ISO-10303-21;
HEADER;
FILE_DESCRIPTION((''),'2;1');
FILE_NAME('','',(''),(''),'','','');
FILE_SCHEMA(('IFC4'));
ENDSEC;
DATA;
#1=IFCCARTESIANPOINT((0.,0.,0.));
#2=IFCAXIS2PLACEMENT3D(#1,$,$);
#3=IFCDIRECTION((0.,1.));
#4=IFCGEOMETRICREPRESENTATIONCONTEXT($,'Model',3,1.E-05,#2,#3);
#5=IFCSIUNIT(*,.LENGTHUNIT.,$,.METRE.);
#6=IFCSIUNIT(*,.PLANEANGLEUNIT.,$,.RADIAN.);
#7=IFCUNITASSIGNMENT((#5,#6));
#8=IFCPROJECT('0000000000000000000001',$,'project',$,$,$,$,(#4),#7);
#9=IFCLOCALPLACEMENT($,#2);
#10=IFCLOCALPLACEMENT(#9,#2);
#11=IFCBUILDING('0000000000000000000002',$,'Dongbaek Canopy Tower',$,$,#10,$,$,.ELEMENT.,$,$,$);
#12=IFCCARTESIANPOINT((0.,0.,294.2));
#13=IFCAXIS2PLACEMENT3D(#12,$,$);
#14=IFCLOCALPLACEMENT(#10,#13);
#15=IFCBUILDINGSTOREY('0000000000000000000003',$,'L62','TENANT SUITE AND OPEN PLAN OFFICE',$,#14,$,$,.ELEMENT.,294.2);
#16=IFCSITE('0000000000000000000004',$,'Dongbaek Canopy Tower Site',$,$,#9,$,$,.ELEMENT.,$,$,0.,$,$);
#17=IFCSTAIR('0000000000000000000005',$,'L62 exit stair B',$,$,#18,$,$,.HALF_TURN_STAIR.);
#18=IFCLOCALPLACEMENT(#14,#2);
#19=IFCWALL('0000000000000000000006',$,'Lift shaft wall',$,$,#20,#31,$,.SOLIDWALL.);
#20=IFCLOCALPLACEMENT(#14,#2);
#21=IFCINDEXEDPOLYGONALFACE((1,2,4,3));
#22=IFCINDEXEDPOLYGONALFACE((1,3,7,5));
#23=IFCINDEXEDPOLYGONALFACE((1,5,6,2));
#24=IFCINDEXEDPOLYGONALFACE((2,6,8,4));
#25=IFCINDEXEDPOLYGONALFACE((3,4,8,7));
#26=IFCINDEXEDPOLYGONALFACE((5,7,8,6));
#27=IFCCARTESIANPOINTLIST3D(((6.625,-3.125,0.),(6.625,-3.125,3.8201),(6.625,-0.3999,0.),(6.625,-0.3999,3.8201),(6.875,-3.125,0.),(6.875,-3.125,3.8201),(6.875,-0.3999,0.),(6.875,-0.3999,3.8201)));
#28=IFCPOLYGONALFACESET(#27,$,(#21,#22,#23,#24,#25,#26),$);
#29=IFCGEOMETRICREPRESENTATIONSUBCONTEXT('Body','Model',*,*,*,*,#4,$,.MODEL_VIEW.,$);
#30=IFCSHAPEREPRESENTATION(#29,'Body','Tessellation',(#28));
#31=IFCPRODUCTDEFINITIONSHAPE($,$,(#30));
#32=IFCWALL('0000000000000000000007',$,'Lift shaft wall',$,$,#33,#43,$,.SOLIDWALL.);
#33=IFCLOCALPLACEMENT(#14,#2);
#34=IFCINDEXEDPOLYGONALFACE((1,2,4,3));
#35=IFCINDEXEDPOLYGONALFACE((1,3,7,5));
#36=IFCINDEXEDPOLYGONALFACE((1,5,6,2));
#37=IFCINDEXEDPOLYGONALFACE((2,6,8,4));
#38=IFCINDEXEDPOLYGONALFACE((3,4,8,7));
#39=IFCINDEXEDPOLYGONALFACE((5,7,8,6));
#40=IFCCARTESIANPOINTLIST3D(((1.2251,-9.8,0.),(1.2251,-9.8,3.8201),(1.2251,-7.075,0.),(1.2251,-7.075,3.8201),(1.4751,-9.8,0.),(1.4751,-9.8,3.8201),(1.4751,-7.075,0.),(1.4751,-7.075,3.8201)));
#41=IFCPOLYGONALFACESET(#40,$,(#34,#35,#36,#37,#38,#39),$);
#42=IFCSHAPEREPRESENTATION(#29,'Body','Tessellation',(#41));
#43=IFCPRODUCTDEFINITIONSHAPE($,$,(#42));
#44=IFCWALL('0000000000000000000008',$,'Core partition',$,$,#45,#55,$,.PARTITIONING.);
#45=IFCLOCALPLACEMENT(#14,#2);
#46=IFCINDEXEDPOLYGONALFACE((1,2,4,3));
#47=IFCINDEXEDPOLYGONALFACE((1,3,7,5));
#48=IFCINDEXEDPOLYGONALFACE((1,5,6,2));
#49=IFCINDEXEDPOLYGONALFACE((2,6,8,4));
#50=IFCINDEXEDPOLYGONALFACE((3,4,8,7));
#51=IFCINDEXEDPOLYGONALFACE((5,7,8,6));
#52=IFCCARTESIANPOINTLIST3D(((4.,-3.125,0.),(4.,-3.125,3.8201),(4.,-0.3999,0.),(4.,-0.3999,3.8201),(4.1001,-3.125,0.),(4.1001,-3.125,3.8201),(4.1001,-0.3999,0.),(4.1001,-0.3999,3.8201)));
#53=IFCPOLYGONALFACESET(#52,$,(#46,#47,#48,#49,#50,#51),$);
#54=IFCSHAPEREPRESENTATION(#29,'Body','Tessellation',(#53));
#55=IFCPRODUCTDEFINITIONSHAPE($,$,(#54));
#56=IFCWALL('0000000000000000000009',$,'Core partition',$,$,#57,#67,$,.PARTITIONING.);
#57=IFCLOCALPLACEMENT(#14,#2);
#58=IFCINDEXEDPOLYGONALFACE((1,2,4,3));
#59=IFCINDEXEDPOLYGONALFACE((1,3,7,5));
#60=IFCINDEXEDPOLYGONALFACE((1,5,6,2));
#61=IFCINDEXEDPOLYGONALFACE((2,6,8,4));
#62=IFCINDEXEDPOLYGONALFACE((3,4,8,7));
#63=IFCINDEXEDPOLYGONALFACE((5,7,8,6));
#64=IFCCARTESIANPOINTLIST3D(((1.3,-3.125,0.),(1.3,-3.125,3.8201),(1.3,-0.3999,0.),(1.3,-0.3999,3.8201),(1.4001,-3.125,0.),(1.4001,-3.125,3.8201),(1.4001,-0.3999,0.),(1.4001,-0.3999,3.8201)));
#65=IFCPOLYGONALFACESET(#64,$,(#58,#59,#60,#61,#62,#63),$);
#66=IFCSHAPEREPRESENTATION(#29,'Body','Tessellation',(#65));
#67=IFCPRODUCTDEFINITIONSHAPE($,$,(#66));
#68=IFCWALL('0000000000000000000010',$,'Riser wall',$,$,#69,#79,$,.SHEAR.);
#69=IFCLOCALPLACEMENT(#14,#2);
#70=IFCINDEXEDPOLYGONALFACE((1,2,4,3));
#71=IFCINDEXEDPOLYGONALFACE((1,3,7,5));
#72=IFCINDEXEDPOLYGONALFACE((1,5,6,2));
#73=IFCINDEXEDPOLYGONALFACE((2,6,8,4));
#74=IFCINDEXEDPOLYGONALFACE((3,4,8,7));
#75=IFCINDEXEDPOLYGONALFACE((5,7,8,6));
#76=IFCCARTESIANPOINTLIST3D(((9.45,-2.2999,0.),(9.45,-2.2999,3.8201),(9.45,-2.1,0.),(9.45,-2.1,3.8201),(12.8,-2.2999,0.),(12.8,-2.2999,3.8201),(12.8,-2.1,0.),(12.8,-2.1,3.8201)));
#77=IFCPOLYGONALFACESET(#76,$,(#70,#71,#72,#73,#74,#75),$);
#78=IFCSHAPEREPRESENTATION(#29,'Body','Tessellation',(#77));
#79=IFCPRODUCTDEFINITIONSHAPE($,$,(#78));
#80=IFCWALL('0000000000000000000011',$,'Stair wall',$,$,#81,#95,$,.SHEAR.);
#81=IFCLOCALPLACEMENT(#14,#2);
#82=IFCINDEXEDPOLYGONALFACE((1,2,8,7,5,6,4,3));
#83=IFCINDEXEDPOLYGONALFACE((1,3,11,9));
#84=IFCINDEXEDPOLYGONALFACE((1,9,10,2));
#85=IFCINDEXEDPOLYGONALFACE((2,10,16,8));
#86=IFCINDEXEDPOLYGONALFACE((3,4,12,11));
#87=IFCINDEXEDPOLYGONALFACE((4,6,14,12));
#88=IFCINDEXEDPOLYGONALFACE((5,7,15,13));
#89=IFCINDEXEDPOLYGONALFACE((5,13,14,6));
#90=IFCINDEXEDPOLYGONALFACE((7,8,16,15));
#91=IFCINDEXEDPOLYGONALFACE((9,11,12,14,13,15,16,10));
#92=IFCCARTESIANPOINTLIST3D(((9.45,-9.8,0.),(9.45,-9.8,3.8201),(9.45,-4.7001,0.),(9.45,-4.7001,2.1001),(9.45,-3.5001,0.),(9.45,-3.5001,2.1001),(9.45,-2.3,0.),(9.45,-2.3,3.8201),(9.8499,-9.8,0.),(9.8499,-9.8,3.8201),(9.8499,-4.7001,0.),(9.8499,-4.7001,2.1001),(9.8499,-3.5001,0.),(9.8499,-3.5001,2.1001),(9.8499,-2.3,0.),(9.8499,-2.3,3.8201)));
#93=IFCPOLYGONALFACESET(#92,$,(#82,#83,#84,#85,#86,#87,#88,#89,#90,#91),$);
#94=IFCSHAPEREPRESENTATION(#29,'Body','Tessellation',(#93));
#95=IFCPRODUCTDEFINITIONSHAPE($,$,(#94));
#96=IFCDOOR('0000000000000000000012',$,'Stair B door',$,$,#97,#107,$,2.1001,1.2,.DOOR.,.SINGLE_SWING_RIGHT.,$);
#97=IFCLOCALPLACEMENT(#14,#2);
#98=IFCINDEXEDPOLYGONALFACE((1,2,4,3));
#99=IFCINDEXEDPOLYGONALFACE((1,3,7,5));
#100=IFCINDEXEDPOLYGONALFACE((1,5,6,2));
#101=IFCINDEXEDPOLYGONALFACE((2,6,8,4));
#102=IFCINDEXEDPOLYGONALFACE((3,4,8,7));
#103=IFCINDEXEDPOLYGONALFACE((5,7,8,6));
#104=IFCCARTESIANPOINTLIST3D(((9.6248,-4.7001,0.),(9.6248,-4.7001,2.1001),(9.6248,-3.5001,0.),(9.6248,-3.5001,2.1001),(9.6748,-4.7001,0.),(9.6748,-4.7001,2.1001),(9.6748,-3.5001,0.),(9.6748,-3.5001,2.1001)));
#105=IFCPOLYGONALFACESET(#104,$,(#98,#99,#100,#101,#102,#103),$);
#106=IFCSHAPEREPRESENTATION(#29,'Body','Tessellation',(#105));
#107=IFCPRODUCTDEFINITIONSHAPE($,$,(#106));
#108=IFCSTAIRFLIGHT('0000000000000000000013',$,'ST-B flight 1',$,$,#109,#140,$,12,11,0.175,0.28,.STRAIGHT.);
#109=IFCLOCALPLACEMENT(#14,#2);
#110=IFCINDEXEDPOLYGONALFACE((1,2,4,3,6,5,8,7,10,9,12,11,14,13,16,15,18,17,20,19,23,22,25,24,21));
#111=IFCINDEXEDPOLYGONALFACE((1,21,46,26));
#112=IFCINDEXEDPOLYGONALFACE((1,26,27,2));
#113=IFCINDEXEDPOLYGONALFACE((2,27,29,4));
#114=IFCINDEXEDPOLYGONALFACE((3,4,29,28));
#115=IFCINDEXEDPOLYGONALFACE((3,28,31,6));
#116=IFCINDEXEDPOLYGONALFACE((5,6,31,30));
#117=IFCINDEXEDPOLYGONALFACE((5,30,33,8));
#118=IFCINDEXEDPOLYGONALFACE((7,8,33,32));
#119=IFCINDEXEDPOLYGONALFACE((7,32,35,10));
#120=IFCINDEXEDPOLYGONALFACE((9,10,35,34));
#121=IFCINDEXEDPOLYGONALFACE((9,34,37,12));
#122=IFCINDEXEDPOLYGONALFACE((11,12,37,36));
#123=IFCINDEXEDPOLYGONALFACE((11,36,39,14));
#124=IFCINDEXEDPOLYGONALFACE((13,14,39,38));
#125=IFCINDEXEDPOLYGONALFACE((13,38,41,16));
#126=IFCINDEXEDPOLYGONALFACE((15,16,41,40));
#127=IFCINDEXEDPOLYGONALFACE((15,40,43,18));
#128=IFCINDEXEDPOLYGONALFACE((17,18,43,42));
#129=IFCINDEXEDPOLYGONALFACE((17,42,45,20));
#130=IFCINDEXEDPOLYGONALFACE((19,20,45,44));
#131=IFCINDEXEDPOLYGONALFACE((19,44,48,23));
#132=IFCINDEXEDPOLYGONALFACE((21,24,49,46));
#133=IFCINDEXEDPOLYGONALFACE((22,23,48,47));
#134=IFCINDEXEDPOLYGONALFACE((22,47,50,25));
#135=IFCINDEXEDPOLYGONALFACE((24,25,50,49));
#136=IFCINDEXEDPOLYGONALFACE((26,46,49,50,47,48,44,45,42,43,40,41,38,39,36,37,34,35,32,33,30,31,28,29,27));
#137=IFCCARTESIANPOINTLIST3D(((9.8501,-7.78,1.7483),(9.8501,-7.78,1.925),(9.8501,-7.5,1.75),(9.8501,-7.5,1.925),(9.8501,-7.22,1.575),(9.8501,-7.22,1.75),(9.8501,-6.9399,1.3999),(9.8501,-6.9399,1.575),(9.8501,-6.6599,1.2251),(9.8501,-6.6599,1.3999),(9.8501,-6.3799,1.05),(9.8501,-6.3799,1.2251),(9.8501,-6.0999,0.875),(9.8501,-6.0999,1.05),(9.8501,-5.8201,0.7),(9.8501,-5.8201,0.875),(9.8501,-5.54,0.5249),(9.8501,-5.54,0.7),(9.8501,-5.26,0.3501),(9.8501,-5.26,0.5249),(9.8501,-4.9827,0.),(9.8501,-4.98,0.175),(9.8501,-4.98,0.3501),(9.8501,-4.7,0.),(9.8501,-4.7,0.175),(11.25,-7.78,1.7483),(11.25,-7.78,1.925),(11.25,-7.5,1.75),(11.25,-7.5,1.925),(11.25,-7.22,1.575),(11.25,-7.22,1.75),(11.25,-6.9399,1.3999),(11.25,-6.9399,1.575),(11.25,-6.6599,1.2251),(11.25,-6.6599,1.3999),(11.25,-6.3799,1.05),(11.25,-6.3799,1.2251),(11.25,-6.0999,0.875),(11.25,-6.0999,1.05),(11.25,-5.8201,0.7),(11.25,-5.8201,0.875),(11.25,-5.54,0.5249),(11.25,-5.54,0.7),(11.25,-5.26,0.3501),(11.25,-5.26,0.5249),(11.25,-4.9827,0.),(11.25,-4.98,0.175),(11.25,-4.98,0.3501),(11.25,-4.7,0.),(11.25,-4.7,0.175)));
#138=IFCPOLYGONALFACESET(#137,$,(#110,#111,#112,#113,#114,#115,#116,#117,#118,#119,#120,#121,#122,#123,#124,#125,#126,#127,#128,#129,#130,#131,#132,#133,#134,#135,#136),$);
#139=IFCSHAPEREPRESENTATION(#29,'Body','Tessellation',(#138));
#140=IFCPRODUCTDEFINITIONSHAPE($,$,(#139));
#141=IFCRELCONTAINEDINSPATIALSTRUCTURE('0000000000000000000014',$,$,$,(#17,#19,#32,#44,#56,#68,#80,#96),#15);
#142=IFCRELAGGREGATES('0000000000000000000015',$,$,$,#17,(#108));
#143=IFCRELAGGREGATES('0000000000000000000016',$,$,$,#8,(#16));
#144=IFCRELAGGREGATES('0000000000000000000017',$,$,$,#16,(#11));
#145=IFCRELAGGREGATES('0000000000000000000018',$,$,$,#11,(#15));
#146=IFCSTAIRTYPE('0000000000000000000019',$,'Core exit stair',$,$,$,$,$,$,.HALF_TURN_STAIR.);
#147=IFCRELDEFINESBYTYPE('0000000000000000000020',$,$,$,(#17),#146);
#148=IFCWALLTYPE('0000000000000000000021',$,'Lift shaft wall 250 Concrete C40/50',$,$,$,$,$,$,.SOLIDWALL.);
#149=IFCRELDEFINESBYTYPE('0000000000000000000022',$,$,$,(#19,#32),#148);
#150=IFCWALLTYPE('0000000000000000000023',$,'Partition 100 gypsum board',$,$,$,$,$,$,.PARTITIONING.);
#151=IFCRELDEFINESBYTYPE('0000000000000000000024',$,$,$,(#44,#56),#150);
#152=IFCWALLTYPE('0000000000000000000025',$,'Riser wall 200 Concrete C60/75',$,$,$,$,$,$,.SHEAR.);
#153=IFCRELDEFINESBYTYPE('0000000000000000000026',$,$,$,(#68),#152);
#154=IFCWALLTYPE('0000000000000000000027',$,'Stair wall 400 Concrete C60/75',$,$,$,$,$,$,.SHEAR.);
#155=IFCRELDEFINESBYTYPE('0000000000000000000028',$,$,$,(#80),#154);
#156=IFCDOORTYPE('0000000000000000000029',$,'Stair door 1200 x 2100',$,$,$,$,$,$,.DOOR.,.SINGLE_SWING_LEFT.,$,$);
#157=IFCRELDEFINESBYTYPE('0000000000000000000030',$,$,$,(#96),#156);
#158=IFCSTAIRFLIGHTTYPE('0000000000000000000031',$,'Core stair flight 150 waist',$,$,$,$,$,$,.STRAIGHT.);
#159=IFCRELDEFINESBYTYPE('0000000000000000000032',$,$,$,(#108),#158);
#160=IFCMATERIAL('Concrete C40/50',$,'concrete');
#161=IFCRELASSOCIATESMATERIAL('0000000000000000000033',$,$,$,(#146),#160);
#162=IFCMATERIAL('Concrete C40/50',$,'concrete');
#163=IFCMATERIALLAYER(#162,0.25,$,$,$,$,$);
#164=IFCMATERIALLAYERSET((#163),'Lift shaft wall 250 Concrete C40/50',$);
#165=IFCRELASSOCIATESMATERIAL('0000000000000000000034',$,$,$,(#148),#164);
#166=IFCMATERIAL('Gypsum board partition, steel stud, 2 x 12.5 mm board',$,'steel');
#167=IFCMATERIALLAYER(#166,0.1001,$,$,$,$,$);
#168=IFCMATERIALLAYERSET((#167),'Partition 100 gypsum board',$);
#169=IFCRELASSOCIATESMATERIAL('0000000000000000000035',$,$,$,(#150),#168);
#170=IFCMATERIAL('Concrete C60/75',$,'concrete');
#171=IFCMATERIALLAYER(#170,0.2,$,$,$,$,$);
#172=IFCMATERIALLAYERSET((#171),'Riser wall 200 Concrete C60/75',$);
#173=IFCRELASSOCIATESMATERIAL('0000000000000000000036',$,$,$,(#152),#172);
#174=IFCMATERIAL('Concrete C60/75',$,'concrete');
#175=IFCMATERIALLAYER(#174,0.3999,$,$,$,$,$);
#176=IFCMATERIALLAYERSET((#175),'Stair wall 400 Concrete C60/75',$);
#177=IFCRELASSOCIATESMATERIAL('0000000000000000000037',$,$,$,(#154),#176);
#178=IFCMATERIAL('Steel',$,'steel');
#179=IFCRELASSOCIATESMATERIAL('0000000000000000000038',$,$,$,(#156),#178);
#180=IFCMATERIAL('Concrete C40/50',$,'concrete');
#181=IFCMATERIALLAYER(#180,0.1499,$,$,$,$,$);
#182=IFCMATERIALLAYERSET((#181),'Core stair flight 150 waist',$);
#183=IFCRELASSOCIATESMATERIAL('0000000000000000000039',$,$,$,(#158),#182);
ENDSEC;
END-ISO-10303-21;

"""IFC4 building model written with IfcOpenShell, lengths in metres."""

from ifc_helpers import new_model, si_unit, direction, frame, frame_2d, origin, place, context, subcontext, project, spatial, polyline, rectangle, outline, extrude, material, layer, layer_set, type_object, element, fill, aggregate, save


model = new_model("IFC4")

# Units and contexts
model_context = context("Model", 3, precision=1e-05, world=origin(), true_north=direction((0.0, 1.0)))
body_context = subcontext(model_context, "Body", "Model", "MODEL_VIEW")
ifc_project = project(units=[si_unit("LENGTHUNIT", "METRE"), si_unit("PLANEANGLEUNIT", "RADIAN")], contexts=[model_context])

# Site, building, storey
site_placement = place(None, origin())
site = spatial("IfcSite", under=ifc_project, at=site_placement, Name="Dongbaek Canopy Tower Site", CompositionType="ELEMENT", RefElevation=0.0)
building_placement = place(site_placement, origin())
building = spatial("IfcBuilding", under=site, at=building_placement, Name="Dongbaek Canopy Tower", CompositionType="ELEMENT")
storey_placement = place(building_placement, frame((0.0, 0.0, 294.2)))
storey = spatial("IfcBuildingStorey", under=building, at=storey_placement, Name="L62", Description="TENANT SUITE AND OPEN PLAN OFFICE", CompositionType="ELEMENT", Elevation=294.2)

# Stair
ifc_material_1 = material(Name="Concrete C40/50", Category="concrete")
stair_type = type_object("IfcStairType", Name="Core exit stair", PredefinedType="HALF_TURN_STAIR", material=ifc_material_1)
stair_1_placement = place(storey_placement, origin())
stair_1 = element("IfcStair", 1, at=stair_1_placement, inside=storey, type_object=stair_type, Name="L62 exit stair B", PredefinedType="HALF_TURN_STAIR")

# Walls
ifc_material_2 = material(Name="Concrete C40/50", Category="concrete")
ifc_layer_1 = layer(ifc_material_2, 0.25)
ifc_layer_set_1 = layer_set([ifc_layer_1], Name="Lift shaft wall 250 Concrete C40/50")
wall_type_1 = type_object("IfcWallType", Name="Lift shaft wall 250 Concrete C40/50", PredefinedType="SOLIDWALL", material=ifc_layer_set_1)
for number, where, z_axis, x_axis, name in (
    (2, (6.75, -3.125, 0.0), (0.0, 0.0, 1.0), (0.0, 1.0, 0.0), "Lift shaft wall"),
    (3, (1.3501, -9.8, 0.0), (0.0, 0.0, 1.0), (0.0, 1.0, 0.0), "Lift shaft wall"),
):
    element("IfcWall", number, at=place(storey_placement, frame(where, z_axis=z_axis, x_axis=x_axis)), inside=storey, type_object=wall_type_1, Name=name, PredefinedType="SOLIDWALL", context=body_context, shape_type="SweptSolid", body=[
        extrude(rectangle(XDim=2.7251, YDim=0.25, at=frame_2d((1.3625, 0.0))), origin(), (0.0, 0.0, 1.0), 3.8201),
    ])
ifc_material_3 = material(Name="Gypsum board partition, steel stud, 2 x 12.5 mm board", Category="steel")
ifc_layer_2 = layer(ifc_material_3, 0.1001)
ifc_layer_set_2 = layer_set([ifc_layer_2], Name="Partition 100 gypsum board")
wall_type_2 = type_object("IfcWallType", Name="Partition 100 gypsum board", PredefinedType="PARTITIONING", material=ifc_layer_set_2)
for number, where, z_axis, x_axis, name in (
    (4, (4.05, -3.125, 0.0), (0.0, 0.0, 1.0), (0.0, 1.0, 0.0), "Core partition"),
    (5, (1.3501, -3.125, 0.0), (0.0, 0.0, 1.0), (0.0, 1.0, 0.0), "Core partition"),
):
    element("IfcWall", number, at=place(storey_placement, frame(where, z_axis=z_axis, x_axis=x_axis)), inside=storey, type_object=wall_type_2, Name=name, PredefinedType="PARTITIONING", context=body_context, shape_type="SweptSolid", body=[
        extrude(rectangle(XDim=2.7251, YDim=0.1001, at=frame_2d((1.3625, 0.0))), origin(), (0.0, 0.0, 1.0), 3.8201),
    ])
ifc_material_4 = material(Name="Concrete C60/75", Category="concrete")
ifc_layer_3 = layer(ifc_material_4, 0.2)
ifc_layer_set_3 = layer_set([ifc_layer_3], Name="Riser wall 200 Concrete C60/75")
wall_type_3 = type_object("IfcWallType", Name="Riser wall 200 Concrete C60/75", PredefinedType="SHEAR", material=ifc_layer_set_3)
wall_1_placement = place(storey_placement, frame((9.45, -2.2, 0.0), z_axis=(0.0, 0.0, 1.0), x_axis=(1.0, 0.0, 0.0)))
element("IfcWall", 6, at=wall_1_placement, inside=storey, type_object=wall_type_3, Name="Riser wall", PredefinedType="SHEAR", context=body_context, shape_type="SweptSolid", body=[
    extrude(rectangle(XDim=3.3501, YDim=0.2, at=frame_2d((1.675, 0.0))), origin(), (0.0, 0.0, 1.0), 3.8201),
])

# Wall, opening, door
ifc_material_5 = material(Name="Concrete C60/75", Category="concrete")
ifc_layer_4 = layer(ifc_material_5, 0.3999)
ifc_layer_set_4 = layer_set([ifc_layer_4], Name="Stair wall 400 Concrete C60/75")
wall_type_4 = type_object("IfcWallType", Name="Stair wall 400 Concrete C60/75", PredefinedType="SHEAR", material=ifc_layer_set_4)
wall_2_placement = place(storey_placement, frame((9.6499, -2.3, 0.0), z_axis=(0.0, 0.0, 1.0), x_axis=(0.0, -1.0, 0.0)))
wall_2 = element("IfcWall", 7, at=wall_2_placement, inside=storey, type_object=wall_type_4, Name="Stair wall", PredefinedType="SHEAR", context=body_context, shape_type="SweptSolid", body=[
    extrude(rectangle(XDim=7.5, YDim=0.3999, at=frame_2d((3.75, 0.0))), origin(), (0.0, 0.0, 1.0), 3.8201),
])
opening_1_placement = place(wall_2_placement, frame((1.2, 0.0, 0.0)))
opening_1 = element("IfcOpeningElement", 8, at=opening_1_placement, cuts=wall_2, PredefinedType="OPENING", context=body_context, shape_type="SweptSolid", body=[
    extrude(rectangle(XDim=1.2, YDim=2.1001, at=frame_2d((0.6001, 1.05))), frame((0.0, 0.21, 0.0), z_axis=(0.0, -1.0, 0.0), x_axis=(1.0, 0.0, 0.0)), (0.0, 0.0, 1.0), 0.4199),
])
ifc_material_6 = material(Name="Steel", Category="steel")
door_type_1 = type_object("IfcDoorType", Name="Stair door 1200 x 2100", OperationType="SINGLE_SWING_LEFT", PredefinedType="DOOR", material=ifc_material_6)
door_1_placement = place(opening_1_placement, origin())
door_1 = element("IfcDoor", 9, at=door_1_placement, inside=storey, type_object=door_type_1, Name="Stair B door", OperationType="SINGLE_SWING_RIGHT", OverallHeight=2.1001, OverallWidth=1.2, PredefinedType="DOOR", context=body_context, shape_type="SweptSolid", body=[
    extrude(rectangle(XDim=1.2, YDim=2.1001, at=frame_2d((0.6001, 1.05))), frame((0.0, 0.0249, 0.0), z_axis=(0.0, -1.0, 0.0), x_axis=(1.0, 0.0, 0.0)), (0.0, 0.0, 1.0), 0.05),
])
fill(opening_1, door_1)

# Stair flight
ifc_material_7 = material(Name="Concrete C40/50", Category="concrete")
ifc_layer_5 = layer(ifc_material_7, 0.1499)
ifc_layer_set_5 = layer_set([ifc_layer_5], Name="Core stair flight 150 waist")
stair_flight_type = type_object("IfcStairFlightType", Name="Core stair flight 150 waist", PredefinedType="STRAIGHT", material=ifc_layer_set_5)
stair_flight_placement = place(storey_placement, frame((10.55, -4.7, 0.0), z_axis=(0.0, 0.0, 1.0), x_axis=(0.0, -1.0, 0.0)))
stair_flight = element("IfcStairFlight", 10, at=stair_flight_placement, type_object=stair_flight_type, Name="ST-B flight 1", NumberOfRisers=12, NumberOfTreads=11, PredefinedType="STRAIGHT", RiserHeight=0.175, TreadLength=0.28, context=body_context, shape_type="SweptSolid", body=[
    extrude(outline(polyline([(0.0, 0.0), (0.0, 0.175), (0.28, 0.175), (0.28, 0.3501), (0.5601, 0.3501), (0.5601, 0.5249), (0.8401, 0.5249), (0.8401, 0.7), (1.1201, 0.7), (1.1201, 0.875), (1.3999, 0.875), (1.3999, 1.05), (1.6799, 1.05), (1.6799, 1.2251), (1.96, 1.2251), (1.96, 1.3999), (2.24, 1.3999), (2.24, 1.575), (2.52, 1.575), (2.52, 1.75), (2.8, 1.75), (2.8, 1.925), (3.0801, 1.925), (3.0801, 2.1001), (3.0801, 1.7483), (0.2827, 0.0), (0.0, 0.0)])), frame((0.0, 0.7, 0.0), z_axis=(0.0, -1.0, 0.0), x_axis=(1.0, 0.0, 0.0)), (0.0, 0.0, 1.0), 1.3999),
])
aggregate(stair_1, [stair_flight])

save(model, "model.ifc")
